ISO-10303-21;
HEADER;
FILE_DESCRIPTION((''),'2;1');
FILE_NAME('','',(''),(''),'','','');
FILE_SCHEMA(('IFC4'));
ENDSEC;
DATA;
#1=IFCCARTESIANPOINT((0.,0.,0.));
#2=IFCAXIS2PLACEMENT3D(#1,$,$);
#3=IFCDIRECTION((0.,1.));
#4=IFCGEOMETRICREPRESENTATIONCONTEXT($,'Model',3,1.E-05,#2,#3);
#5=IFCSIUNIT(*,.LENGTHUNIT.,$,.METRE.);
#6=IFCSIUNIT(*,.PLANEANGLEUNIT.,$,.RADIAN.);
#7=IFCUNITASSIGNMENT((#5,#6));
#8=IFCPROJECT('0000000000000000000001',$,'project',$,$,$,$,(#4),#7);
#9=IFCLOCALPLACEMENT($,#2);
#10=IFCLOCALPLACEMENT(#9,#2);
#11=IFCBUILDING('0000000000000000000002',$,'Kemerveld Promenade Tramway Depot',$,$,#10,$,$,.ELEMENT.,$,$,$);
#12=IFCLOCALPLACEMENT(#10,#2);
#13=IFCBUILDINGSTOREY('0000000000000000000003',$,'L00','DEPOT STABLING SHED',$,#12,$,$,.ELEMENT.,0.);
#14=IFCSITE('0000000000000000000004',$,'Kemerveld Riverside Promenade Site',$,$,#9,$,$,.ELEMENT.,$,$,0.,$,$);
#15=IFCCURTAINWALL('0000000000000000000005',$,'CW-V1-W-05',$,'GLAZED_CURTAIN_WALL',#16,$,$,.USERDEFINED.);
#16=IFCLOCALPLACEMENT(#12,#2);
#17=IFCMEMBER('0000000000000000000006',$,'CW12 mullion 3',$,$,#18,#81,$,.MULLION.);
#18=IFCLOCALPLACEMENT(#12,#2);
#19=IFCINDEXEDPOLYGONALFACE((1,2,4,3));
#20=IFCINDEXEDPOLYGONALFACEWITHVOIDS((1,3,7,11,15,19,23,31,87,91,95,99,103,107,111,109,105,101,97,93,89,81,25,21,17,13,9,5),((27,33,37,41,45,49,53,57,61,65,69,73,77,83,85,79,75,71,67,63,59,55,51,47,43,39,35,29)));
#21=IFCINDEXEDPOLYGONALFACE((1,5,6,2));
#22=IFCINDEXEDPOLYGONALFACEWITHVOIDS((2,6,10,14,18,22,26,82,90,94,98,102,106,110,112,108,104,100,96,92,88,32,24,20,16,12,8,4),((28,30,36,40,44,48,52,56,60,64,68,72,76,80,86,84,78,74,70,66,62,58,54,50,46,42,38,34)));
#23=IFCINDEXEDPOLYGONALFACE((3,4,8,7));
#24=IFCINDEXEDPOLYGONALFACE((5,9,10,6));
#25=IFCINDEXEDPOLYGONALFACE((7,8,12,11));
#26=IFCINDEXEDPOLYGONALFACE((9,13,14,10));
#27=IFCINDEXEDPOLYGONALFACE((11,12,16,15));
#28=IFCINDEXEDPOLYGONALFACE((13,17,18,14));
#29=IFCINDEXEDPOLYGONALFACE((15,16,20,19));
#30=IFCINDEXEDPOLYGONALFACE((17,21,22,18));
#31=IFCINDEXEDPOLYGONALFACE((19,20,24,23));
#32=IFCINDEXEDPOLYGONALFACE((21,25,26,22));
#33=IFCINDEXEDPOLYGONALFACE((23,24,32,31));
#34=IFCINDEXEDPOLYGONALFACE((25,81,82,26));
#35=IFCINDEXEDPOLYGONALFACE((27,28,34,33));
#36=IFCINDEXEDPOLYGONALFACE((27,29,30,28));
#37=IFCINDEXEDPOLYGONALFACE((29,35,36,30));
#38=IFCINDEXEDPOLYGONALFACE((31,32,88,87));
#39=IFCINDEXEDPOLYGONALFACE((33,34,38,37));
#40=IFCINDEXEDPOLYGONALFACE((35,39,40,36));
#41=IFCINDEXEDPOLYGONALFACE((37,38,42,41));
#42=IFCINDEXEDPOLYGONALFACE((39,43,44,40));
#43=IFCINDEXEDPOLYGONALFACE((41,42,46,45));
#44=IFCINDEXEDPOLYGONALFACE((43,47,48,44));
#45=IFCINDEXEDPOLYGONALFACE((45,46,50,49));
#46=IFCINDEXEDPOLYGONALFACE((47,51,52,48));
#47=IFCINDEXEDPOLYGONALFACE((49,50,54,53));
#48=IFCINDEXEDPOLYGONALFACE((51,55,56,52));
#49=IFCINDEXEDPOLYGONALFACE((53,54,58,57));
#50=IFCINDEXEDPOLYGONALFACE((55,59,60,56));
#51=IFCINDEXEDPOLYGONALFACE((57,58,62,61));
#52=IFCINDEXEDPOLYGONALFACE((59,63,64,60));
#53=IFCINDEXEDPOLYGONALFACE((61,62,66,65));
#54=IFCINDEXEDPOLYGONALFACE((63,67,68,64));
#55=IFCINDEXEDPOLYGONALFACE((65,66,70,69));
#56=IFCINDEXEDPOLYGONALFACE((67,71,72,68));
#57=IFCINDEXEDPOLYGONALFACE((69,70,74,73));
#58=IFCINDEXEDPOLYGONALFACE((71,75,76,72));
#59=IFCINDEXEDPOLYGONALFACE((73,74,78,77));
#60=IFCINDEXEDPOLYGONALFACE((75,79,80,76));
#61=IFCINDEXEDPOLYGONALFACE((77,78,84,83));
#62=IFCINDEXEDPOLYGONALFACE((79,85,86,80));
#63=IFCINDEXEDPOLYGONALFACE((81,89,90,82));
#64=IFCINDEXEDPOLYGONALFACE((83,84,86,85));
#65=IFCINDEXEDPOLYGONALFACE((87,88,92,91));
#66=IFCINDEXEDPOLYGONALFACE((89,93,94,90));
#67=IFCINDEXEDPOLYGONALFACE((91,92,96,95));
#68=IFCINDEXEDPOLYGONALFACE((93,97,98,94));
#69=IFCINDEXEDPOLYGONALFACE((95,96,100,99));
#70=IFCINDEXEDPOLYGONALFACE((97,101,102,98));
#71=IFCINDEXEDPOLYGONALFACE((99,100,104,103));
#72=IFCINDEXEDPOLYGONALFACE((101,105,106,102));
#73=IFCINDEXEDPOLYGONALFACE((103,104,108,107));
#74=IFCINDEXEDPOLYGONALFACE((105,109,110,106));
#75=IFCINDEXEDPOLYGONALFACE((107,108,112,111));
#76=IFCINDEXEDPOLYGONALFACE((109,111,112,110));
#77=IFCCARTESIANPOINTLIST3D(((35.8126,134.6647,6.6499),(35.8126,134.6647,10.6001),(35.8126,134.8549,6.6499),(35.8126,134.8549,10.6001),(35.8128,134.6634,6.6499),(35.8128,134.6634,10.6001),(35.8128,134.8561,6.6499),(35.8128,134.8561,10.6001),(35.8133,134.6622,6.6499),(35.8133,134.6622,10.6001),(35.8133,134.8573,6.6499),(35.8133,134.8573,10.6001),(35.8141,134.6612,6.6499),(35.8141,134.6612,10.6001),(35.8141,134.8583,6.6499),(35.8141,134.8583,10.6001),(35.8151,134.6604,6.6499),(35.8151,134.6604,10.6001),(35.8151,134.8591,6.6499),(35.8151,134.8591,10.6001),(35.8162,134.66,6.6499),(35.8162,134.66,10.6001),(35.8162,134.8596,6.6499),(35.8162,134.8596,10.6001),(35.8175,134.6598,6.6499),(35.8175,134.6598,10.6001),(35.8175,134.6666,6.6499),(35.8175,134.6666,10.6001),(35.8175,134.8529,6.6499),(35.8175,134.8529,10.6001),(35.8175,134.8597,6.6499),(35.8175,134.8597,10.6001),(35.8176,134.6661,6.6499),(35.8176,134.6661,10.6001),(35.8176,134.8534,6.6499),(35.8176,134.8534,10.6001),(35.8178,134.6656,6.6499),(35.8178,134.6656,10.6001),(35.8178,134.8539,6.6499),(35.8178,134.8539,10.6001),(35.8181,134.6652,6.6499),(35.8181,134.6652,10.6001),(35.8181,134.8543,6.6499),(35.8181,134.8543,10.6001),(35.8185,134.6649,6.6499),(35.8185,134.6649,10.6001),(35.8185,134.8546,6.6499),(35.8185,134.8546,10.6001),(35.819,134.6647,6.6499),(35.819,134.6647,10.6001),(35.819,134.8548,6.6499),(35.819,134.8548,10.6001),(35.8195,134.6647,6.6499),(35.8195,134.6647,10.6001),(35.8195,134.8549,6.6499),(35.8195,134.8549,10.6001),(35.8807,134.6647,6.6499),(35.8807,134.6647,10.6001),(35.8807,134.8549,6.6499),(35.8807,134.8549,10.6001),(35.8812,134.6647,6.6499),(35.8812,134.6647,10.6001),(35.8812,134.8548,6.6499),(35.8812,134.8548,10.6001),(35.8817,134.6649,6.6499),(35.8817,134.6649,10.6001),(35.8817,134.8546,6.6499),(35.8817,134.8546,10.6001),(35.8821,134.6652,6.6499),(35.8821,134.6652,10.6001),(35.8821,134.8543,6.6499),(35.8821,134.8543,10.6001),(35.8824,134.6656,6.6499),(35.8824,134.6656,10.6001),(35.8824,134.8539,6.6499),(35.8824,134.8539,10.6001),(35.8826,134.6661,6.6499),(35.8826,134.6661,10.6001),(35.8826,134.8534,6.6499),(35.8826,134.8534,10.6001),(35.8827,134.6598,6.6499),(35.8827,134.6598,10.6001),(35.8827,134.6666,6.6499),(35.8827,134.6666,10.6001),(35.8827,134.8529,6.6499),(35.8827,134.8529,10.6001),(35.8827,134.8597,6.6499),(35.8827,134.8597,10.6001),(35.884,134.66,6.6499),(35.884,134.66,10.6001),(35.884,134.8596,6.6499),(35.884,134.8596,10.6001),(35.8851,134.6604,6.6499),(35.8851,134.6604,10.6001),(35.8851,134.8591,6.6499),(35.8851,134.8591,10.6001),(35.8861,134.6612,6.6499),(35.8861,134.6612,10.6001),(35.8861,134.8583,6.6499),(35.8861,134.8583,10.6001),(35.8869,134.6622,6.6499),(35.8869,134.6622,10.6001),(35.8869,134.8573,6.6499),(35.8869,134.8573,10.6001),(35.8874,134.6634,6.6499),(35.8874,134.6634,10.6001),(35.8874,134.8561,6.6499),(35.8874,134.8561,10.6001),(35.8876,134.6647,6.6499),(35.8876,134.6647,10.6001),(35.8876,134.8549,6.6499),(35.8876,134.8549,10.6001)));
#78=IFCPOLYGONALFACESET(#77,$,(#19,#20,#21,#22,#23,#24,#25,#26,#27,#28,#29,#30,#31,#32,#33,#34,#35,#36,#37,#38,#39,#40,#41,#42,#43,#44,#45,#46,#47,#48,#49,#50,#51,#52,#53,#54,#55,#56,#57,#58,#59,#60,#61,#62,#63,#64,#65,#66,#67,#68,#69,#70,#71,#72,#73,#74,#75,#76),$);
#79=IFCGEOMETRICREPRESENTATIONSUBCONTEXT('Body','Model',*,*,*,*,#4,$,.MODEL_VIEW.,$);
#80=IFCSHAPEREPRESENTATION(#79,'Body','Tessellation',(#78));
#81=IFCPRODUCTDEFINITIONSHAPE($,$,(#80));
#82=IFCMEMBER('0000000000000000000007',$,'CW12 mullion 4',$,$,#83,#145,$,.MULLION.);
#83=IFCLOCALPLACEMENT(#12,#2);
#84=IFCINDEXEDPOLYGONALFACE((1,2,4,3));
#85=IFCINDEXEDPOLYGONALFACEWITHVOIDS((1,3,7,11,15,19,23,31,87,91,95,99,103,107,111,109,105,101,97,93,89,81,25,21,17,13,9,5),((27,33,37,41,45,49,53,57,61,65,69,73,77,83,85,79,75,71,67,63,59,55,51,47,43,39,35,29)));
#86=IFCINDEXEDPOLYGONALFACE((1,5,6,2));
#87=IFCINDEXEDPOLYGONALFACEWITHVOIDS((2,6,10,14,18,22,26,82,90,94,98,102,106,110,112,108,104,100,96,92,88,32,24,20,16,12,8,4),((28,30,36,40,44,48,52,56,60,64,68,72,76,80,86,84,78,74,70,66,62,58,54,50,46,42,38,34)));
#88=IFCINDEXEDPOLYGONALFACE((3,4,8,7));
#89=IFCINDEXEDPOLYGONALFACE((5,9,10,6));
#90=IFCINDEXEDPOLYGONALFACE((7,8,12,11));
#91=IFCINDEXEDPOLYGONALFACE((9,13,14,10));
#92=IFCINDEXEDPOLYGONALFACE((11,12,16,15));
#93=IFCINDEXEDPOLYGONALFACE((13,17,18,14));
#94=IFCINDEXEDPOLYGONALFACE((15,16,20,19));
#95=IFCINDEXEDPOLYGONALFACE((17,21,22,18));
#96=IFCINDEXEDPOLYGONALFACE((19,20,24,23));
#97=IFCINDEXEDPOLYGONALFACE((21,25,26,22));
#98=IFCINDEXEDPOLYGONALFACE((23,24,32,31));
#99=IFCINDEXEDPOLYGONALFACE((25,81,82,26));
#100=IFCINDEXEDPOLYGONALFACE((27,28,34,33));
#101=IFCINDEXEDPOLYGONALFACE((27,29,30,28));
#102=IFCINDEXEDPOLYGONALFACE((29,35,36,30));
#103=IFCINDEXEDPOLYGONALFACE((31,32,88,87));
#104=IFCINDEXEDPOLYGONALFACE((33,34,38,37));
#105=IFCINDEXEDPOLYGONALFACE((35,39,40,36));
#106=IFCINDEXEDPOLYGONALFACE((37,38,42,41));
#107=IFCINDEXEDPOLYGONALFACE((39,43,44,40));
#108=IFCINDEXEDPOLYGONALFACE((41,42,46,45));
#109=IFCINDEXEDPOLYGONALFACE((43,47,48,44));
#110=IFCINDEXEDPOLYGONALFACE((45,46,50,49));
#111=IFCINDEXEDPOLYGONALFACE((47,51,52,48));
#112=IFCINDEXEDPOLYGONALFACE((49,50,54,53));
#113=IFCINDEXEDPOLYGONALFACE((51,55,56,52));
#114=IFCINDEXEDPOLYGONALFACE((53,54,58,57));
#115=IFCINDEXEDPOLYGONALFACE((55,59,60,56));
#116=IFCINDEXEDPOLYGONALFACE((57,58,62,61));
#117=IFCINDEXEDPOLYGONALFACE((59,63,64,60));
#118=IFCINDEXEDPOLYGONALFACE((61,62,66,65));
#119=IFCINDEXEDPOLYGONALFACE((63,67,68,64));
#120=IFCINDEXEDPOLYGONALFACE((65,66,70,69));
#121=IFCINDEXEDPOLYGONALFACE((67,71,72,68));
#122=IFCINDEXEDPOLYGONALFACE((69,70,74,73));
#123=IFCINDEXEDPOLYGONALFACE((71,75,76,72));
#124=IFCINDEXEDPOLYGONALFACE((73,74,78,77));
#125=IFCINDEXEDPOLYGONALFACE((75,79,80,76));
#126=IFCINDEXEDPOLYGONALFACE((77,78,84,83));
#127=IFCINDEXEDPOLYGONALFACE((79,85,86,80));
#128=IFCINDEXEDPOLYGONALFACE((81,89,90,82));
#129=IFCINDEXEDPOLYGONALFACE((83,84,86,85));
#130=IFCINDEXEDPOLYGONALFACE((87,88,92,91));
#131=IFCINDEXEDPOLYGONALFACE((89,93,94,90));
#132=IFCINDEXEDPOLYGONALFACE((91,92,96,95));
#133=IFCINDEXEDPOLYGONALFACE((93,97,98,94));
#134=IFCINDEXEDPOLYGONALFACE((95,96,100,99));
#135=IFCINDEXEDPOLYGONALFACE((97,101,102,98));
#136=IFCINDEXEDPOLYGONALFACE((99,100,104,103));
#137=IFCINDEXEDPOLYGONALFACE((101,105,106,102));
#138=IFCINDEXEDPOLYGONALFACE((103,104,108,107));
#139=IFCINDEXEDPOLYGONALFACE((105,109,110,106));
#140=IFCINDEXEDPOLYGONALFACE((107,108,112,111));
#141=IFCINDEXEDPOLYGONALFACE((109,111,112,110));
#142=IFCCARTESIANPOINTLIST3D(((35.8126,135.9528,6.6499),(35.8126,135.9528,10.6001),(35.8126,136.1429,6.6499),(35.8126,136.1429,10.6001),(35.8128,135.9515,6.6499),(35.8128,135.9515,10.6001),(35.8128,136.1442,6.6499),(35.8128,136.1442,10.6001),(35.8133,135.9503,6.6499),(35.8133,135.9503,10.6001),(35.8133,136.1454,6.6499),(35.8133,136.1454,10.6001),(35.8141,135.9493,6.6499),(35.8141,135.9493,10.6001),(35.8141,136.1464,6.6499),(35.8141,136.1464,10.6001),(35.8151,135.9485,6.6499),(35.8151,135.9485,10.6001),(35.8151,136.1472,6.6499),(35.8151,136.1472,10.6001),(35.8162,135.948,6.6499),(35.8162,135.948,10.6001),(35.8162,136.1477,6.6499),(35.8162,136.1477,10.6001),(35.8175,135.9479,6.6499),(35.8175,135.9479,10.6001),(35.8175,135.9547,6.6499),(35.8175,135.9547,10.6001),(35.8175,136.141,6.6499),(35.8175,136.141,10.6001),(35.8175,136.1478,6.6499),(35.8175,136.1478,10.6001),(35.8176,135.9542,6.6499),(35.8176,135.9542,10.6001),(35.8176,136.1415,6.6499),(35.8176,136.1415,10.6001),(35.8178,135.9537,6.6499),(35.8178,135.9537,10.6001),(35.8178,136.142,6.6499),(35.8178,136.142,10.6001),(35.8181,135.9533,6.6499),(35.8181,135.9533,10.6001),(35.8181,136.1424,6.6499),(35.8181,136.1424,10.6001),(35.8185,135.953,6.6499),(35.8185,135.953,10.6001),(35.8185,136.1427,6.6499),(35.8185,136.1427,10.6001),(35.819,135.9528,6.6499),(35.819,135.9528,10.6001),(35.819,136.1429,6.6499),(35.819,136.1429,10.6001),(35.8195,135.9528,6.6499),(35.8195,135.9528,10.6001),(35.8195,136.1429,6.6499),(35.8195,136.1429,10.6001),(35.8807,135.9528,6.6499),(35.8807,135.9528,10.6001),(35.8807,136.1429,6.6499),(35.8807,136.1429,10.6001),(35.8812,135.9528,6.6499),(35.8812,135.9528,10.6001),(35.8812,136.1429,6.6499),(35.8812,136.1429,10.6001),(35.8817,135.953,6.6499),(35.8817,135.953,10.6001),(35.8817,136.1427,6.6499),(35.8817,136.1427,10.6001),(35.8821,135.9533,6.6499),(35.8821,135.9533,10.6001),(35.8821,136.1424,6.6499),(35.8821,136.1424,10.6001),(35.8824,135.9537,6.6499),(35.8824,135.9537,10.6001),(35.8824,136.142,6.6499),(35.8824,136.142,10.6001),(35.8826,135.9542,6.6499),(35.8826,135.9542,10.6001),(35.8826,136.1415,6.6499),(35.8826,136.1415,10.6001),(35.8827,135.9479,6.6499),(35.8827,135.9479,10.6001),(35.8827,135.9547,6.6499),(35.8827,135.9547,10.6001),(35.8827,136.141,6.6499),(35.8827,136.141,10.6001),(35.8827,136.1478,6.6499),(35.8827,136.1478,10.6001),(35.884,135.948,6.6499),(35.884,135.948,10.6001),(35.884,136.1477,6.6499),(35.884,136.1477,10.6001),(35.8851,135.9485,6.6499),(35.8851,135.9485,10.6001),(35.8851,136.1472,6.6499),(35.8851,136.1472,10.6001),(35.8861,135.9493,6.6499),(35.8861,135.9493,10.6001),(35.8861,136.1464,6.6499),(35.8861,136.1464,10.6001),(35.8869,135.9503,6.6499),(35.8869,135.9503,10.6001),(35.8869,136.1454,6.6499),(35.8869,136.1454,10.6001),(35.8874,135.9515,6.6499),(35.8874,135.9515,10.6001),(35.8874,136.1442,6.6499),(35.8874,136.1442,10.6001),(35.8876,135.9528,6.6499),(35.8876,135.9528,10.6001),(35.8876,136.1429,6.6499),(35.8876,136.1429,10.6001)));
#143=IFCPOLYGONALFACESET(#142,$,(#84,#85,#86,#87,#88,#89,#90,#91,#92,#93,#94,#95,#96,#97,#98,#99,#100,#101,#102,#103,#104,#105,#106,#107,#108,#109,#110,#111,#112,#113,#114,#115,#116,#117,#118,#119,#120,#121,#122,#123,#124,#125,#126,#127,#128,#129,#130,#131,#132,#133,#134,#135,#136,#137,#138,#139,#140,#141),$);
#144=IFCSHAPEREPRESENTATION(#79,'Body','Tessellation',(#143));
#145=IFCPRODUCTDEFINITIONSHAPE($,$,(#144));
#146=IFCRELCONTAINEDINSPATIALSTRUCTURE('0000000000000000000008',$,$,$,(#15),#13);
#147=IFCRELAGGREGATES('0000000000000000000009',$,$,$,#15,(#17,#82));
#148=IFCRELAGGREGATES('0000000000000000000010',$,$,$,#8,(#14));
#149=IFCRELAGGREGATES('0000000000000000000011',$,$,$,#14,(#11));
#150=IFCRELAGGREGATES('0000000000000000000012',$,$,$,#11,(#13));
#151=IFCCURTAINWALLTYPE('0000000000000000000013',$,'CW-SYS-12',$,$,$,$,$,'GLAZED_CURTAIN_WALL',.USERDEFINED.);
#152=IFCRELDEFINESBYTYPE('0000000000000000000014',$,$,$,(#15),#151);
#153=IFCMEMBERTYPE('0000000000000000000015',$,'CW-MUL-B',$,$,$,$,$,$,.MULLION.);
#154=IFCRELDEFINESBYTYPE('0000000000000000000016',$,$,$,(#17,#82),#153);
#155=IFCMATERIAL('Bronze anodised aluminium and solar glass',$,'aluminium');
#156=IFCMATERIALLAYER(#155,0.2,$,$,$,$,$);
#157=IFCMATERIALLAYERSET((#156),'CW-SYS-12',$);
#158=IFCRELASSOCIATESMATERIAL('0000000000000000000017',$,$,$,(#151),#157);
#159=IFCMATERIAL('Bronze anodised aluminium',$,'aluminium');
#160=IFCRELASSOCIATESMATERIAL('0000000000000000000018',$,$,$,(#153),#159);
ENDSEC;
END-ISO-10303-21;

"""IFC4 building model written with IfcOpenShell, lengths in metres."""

from ifc_helpers import new_model, si_unit, direction, frame, origin, origin_2d, place, context, subcontext, project, spatial, hollow_rectangle, extrude, material, layer, layer_set, material_profile, profile_set, type_object, element, aggregate, save


model = new_model("IFC4")

# Units and contexts
model_context = context("Model", 3, precision=1e-05, world=origin(), true_north=direction((0.0, 1.0)))
body_context = subcontext(model_context, "Body", "Model", "MODEL_VIEW")
ifc_project = project(units=[si_unit("LENGTHUNIT", "METRE"), si_unit("PLANEANGLEUNIT", "RADIAN")], contexts=[model_context])

# Site, building, storey
site_placement = place(None, origin())
site = spatial("IfcSite", under=ifc_project, at=site_placement, Name="Kemerveld Riverside Promenade Site", CompositionType="ELEMENT", RefElevation=0.0)
building_placement = place(site_placement, origin())
building = spatial("IfcBuilding", under=site, at=building_placement, Name="Kemerveld Promenade Tramway Depot", CompositionType="ELEMENT")
storey_placement = place(building_placement, origin())
storey = spatial("IfcBuildingStorey", under=building, at=storey_placement, Name="L00", Description="DEPOT STABLING SHED", CompositionType="ELEMENT", Elevation=0.0)

# Curtain wall, members
ifc_material_1 = material(Name="Bronze anodised aluminium and solar glass", Category="aluminium")
ifc_layer_1 = layer(ifc_material_1, 0.2)
ifc_layer_set_1 = layer_set([ifc_layer_1], Name="CW-SYS-12")
curtain_wall_type = type_object("IfcCurtainWallType", Name="CW-SYS-12", ElementType="GLAZED_CURTAIN_WALL", PredefinedType="USERDEFINED", material=ifc_layer_set_1)
curtain_wall_placement = place(storey_placement, origin())
curtain_wall = element("IfcCurtainWall", 1, at=curtain_wall_placement, inside=storey, type_object=curtain_wall_type, Name="CW-V1-W-05", ObjectType="GLAZED_CURTAIN_WALL", PredefinedType="USERDEFINED")
ifc_material_2 = material(Name="Bronze anodised aluminium", Category="aluminium")
ifc_material_profile_1 = material_profile(ifc_material_2, hollow_rectangle(XDim=0.075, YDim=0.2, WallThickness=0.0049, InnerFilletRadius=0.002, OuterFilletRadius=0.0049, at=origin_2d()), Name="CW-MUL-200x75")
ifc_profile_set_1 = profile_set([ifc_material_profile_1], Name="Bronze anodised aluminium")
member_type_1 = type_object("IfcMemberType", Name="CW-MUL-B", PredefinedType="MULLION", material=ifc_profile_set_1)
member_1_placement = place(storey_placement, frame((35.8501, 134.7598, 6.6499), z_axis=(0.0, 0.0, 1.0), x_axis=(-1.0, 0.0, 0.0)))
member_1 = element("IfcMember", 2, at=member_1_placement, type_object=member_type_1, Name="CW12 mullion 3", PredefinedType="MULLION", context=body_context, shape_type="SweptSolid", body=[
    extrude(hollow_rectangle(XDim=0.075, YDim=0.2, WallThickness=0.0049, InnerFilletRadius=0.002, OuterFilletRadius=0.0049, at=origin_2d()), origin(), (0.0, 0.0, 1.0), 3.9502),
])
member_2_placement = place(storey_placement, frame((35.8501, 136.0479, 6.6499), z_axis=(0.0, 0.0, 1.0), x_axis=(-1.0, 0.0, 0.0)))
member_2 = element("IfcMember", 3, at=member_2_placement, type_object=member_type_1, Name="CW12 mullion 4", PredefinedType="MULLION", context=body_context, shape_type="SweptSolid", body=[
    extrude(hollow_rectangle(XDim=0.075, YDim=0.2, WallThickness=0.0049, InnerFilletRadius=0.002, OuterFilletRadius=0.0049, at=origin_2d()), origin(), (0.0, 0.0, 1.0), 3.9502),
])
aggregate(curtain_wall, [member_1, member_2])

save(model, "model.ifc")
